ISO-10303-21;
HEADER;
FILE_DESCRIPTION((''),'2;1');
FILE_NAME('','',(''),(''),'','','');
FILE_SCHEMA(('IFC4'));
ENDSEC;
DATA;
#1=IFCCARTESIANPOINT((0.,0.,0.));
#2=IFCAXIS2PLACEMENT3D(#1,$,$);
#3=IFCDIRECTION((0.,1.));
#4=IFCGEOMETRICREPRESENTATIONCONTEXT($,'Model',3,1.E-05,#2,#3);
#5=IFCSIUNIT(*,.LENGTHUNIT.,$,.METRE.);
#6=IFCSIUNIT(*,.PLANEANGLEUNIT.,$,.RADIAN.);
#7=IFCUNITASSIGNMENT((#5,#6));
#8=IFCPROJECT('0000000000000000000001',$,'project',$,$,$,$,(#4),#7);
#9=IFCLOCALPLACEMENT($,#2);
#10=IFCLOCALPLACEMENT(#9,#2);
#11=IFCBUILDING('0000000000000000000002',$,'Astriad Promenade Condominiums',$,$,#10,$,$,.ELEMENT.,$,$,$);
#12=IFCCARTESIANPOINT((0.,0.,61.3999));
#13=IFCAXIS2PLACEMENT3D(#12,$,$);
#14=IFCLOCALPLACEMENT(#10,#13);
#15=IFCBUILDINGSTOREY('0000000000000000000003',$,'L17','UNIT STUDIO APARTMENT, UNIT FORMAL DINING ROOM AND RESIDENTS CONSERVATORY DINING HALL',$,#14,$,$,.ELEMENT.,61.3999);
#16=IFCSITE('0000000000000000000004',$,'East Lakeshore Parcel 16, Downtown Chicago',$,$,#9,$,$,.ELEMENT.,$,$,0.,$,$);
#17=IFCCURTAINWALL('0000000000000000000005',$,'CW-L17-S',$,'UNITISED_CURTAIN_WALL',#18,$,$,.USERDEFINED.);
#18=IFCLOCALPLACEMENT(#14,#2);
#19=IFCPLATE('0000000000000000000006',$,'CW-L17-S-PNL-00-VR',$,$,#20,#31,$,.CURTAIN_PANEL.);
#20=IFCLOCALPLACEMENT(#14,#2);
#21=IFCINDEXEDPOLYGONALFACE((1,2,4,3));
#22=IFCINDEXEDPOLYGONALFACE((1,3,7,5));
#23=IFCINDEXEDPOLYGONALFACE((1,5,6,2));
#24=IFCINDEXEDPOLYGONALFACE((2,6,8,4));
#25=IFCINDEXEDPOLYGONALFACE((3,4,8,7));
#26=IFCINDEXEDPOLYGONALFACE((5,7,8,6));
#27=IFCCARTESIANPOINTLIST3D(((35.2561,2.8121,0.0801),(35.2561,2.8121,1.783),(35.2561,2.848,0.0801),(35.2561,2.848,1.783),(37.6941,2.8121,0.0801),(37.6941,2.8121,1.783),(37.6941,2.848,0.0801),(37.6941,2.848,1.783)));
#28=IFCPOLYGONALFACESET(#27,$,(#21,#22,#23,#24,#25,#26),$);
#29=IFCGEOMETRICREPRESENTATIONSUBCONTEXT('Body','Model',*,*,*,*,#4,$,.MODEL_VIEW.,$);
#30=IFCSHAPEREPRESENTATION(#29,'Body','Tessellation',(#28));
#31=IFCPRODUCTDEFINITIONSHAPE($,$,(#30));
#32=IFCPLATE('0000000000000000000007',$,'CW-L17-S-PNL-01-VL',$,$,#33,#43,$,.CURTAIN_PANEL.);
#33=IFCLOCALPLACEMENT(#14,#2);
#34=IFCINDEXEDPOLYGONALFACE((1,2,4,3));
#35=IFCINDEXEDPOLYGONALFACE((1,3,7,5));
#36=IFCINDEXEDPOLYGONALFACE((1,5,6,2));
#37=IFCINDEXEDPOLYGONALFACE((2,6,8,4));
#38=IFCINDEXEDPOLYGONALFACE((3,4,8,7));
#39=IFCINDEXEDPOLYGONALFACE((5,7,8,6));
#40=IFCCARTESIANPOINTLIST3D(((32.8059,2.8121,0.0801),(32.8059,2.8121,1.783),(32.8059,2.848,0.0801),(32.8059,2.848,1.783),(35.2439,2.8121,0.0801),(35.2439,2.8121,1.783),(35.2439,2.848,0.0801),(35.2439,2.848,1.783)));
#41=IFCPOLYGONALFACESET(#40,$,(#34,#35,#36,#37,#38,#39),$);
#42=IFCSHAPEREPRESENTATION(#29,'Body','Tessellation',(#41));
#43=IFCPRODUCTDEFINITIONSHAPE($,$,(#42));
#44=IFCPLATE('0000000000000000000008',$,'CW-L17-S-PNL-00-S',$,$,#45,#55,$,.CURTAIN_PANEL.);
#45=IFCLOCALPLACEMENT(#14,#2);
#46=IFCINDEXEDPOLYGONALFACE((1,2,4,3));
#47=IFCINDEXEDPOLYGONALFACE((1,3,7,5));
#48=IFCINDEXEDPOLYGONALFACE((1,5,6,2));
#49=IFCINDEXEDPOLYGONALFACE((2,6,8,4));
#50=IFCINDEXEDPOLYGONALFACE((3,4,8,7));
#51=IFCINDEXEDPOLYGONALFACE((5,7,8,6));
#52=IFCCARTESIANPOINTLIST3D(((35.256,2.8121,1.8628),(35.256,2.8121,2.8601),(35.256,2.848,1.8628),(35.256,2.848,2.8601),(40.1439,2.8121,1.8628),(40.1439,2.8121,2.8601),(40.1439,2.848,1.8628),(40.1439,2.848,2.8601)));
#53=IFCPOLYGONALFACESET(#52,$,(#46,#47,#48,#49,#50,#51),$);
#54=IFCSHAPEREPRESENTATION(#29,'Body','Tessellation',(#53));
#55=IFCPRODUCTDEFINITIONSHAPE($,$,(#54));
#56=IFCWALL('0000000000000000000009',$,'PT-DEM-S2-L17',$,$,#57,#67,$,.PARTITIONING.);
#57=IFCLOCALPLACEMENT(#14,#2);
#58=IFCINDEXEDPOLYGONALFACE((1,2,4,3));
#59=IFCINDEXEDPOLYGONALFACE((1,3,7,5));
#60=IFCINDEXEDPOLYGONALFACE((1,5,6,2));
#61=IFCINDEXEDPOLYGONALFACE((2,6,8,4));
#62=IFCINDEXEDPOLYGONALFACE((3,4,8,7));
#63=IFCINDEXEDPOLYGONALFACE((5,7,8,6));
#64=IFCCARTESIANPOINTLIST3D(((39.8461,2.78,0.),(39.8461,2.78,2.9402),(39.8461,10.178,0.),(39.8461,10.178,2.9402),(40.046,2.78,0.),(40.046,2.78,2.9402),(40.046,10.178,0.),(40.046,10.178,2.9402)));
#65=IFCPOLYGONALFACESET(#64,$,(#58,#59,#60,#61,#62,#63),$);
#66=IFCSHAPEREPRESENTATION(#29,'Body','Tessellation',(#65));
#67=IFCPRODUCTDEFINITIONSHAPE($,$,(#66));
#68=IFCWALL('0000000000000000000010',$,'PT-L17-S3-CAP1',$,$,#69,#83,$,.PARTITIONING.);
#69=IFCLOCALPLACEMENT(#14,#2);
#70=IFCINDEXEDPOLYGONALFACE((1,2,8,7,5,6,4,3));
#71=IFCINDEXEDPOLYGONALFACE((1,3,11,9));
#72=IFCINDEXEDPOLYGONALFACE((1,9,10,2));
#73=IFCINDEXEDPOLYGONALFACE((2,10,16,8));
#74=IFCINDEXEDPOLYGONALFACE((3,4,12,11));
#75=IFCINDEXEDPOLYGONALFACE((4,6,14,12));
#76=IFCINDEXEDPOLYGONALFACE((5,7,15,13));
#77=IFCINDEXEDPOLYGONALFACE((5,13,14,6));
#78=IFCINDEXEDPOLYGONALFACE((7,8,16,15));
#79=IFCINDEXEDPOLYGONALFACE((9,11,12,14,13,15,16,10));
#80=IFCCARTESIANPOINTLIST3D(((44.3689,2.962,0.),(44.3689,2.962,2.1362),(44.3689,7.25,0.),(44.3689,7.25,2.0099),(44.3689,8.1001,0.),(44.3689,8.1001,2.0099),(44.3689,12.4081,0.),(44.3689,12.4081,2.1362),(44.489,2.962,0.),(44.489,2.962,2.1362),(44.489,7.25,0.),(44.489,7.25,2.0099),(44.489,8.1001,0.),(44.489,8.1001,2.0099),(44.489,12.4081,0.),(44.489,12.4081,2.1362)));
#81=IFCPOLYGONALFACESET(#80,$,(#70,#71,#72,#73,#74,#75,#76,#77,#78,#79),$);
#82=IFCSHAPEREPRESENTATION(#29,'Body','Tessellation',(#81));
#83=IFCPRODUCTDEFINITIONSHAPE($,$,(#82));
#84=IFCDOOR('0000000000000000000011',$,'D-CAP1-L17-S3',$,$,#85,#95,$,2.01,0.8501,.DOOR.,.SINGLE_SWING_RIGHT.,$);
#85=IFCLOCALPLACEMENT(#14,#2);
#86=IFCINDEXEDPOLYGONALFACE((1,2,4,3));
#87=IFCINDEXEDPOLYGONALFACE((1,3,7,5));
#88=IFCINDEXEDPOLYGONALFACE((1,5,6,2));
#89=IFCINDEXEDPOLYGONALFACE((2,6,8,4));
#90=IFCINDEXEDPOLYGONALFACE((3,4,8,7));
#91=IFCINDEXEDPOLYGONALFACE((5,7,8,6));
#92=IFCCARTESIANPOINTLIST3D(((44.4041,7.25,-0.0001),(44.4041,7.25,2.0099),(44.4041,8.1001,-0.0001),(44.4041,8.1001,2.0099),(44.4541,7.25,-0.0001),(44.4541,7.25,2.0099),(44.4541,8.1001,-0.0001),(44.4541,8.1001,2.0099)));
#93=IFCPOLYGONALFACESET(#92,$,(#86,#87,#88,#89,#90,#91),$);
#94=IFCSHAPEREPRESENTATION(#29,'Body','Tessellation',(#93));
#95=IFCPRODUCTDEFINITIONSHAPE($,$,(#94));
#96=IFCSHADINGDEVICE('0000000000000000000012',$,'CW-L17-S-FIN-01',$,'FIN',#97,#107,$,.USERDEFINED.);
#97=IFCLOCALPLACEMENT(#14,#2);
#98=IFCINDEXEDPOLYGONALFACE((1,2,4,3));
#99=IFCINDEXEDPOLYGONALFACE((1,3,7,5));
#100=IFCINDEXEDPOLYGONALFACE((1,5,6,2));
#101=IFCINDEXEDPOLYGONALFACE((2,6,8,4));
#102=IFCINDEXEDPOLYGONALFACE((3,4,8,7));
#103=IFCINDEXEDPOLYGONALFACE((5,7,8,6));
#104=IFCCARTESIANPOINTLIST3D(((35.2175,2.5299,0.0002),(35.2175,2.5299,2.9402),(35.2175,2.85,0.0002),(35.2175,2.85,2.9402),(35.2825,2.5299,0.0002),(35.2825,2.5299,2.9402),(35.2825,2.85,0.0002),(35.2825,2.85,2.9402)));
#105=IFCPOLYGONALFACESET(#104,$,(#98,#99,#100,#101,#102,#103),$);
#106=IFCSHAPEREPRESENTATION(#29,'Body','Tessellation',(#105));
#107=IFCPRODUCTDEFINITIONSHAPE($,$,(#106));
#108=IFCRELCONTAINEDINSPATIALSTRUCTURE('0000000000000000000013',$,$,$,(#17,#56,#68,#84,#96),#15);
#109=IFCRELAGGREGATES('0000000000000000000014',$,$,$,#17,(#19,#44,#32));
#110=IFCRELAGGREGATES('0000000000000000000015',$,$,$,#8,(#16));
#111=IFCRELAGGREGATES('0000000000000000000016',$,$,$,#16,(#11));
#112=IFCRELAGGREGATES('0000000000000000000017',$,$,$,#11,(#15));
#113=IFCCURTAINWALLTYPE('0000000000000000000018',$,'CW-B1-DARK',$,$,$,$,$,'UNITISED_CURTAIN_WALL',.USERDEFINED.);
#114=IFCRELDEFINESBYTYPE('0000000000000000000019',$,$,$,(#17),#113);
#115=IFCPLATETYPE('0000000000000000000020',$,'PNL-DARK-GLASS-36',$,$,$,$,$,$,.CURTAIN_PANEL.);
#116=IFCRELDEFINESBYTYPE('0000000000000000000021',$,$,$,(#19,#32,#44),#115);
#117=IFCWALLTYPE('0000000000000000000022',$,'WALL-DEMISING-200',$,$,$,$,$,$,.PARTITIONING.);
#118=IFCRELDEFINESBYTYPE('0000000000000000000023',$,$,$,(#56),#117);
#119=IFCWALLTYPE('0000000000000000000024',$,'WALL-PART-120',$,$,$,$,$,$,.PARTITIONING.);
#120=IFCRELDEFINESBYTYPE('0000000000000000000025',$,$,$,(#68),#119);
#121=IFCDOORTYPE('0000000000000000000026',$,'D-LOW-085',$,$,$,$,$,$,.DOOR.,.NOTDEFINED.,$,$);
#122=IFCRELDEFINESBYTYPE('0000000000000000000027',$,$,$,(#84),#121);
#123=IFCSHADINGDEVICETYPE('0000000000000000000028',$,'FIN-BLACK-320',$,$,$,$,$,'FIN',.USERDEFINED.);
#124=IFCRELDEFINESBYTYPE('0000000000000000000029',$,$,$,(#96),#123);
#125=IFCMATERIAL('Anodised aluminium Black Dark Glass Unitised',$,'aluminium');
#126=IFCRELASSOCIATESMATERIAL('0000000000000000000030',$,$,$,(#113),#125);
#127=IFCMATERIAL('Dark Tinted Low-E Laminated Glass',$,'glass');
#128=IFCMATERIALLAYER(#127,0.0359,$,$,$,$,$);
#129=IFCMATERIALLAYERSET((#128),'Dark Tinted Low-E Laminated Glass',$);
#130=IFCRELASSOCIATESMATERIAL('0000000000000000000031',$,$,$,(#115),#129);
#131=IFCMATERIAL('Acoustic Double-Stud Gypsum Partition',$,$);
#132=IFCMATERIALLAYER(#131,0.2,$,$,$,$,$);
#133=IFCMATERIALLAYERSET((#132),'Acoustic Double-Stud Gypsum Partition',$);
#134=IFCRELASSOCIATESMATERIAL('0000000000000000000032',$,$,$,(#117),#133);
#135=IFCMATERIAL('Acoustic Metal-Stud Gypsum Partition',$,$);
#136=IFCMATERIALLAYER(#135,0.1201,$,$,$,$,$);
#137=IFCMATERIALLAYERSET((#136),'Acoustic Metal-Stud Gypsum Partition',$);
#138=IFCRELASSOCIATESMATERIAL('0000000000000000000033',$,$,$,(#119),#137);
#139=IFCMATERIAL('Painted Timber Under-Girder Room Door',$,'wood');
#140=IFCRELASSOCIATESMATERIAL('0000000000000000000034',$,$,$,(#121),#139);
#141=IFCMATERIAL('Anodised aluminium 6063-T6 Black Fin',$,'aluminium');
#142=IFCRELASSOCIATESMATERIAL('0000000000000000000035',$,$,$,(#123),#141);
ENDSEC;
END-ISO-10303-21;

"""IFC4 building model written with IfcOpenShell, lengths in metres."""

from ifc_helpers import new_model, si_unit, direction, frame, frame_2d, origin, origin_2d, place, context, subcontext, project, spatial, rectangle, extrude, source, transform, mapped, material, layer, layer_set, type_object, type_shapes, element, fill, aggregate, save


model = new_model("IFC4")

# Units and contexts
model_context = context("Model", 3, precision=1e-05, world=origin(), true_north=direction((0.0, 1.0)))
body_context = subcontext(model_context, "Body", "Model", "MODEL_VIEW")
ifc_project = project(units=[si_unit("LENGTHUNIT", "METRE"), si_unit("PLANEANGLEUNIT", "RADIAN")], contexts=[model_context])

# Site, building, storey
site_placement = place(None, origin())
site = spatial("IfcSite", under=ifc_project, at=site_placement, Name="East Lakeshore Parcel 16, Downtown Chicago", CompositionType="ELEMENT", RefElevation=0.0)
building_placement = place(site_placement, origin())
building = spatial("IfcBuilding", under=site, at=building_placement, Name="Astriad Promenade Condominiums", CompositionType="ELEMENT")
storey_placement = place(building_placement, frame((0.0, 0.0, 61.3999)))
storey = spatial("IfcBuildingStorey", under=building, at=storey_placement, Name="L17", Description="UNIT STUDIO APARTMENT, UNIT FORMAL DINING ROOM AND RESIDENTS CONSERVATORY DINING HALL", CompositionType="ELEMENT", Elevation=61.3999)

# Curtain wall, plates
ifc_material_1 = material(Name="Anodised aluminium Black Dark Glass Unitised", Category="aluminium")
curtain_wall_type = type_object("IfcCurtainWallType", Name="CW-B1-DARK", ElementType="UNITISED_CURTAIN_WALL", PredefinedType="USERDEFINED", material=ifc_material_1)
curtain_wall_placement = place(storey_placement, origin())
curtain_wall = element("IfcCurtainWall", 1, at=curtain_wall_placement, inside=storey, type_object=curtain_wall_type, Name="CW-L17-S", ObjectType="UNITISED_CURTAIN_WALL", PredefinedType="USERDEFINED")
ifc_material_2 = material(Name="Dark Tinted Low-E Laminated Glass", Category="glass")
ifc_layer_1 = layer(ifc_material_2, 0.0359)
ifc_layer_set_1 = layer_set([ifc_layer_1], Name="Dark Tinted Low-E Laminated Glass")
plate_type = type_object("IfcPlateType", Name="PNL-DARK-GLASS-36", PredefinedType="CURTAIN_PANEL", material=ifc_layer_set_1)
shared_shape_1 = source(origin(), body_context, "Body", "SweptSolid", [
    extrude(rectangle(XDim=2.438, YDim=0.0359, at=origin_2d()), origin(), (0.0, 0.0, 1.0), 1.7029),
])
plate_1_placement = place(storey_placement, frame((36.4751, 2.8301, 0.0801), z_axis=(0.0, 0.0, 1.0), x_axis=(-1.0, 0.0, 0.0)))
plate_1 = element("IfcPlate", 2, at=plate_1_placement, type_object=plate_type, Name="CW-L17-S-PNL-00-VR", PredefinedType="CURTAIN_PANEL", context=body_context, shape_type="MappedRepresentation", body=[
    mapped(shared_shape_1, transform((0.0, 0.0, 0.0), scale=1.0)),
])
plate_2_placement = place(storey_placement, frame((34.0249, 2.8301, 0.0801), z_axis=(0.0, 0.0, 1.0), x_axis=(-1.0, 0.0, 0.0)))
plate_2 = element("IfcPlate", 3, at=plate_2_placement, type_object=plate_type, Name="CW-L17-S-PNL-01-VL", PredefinedType="CURTAIN_PANEL", context=body_context, shape_type="MappedRepresentation", body=[
    mapped(shared_shape_1, transform((0.0, 0.0, 0.0), scale=1.0)),
])
shared_shape_2 = source(origin(), body_context, "Body", "SweptSolid", [
    extrude(rectangle(XDim=4.8879, YDim=0.0359, at=origin_2d()), origin(), (0.0, 0.0, 1.0), 0.9973),
])
type_shapes(plate_type, [shared_shape_1, shared_shape_2])
plate_3_placement = place(storey_placement, frame((37.7, 2.8301, 1.8628), z_axis=(0.0, 0.0, 1.0), x_axis=(-1.0, 0.0, 0.0)))
plate_3 = element("IfcPlate", 4, at=plate_3_placement, type_object=plate_type, Name="CW-L17-S-PNL-00-S", PredefinedType="CURTAIN_PANEL", context=body_context, shape_type="MappedRepresentation", body=[
    mapped(shared_shape_2, transform((0.0, 0.0, 0.0), scale=1.0)),
])
aggregate(curtain_wall, [plate_1, plate_3, plate_2])

# Wall
ifc_material_3 = material(Name="Acoustic Double-Stud Gypsum Partition")
ifc_layer_2 = layer(ifc_material_3, 0.2)
ifc_layer_set_2 = layer_set([ifc_layer_2], Name="Acoustic Double-Stud Gypsum Partition")
wall_type_1 = type_object("IfcWallType", Name="WALL-DEMISING-200", PredefinedType="PARTITIONING", material=ifc_layer_set_2)
wall_1_placement = place(storey_placement, frame((39.946, 2.78, 0.0), z_axis=(0.0, 0.0, 1.0), x_axis=(0.0, 1.0, 0.0)))
element("IfcWall", 5, at=wall_1_placement, inside=storey, type_object=wall_type_1, Name="PT-DEM-S2-L17", PredefinedType="PARTITIONING", context=body_context, shape_type="SweptSolid", body=[
    extrude(rectangle(XDim=7.3979, YDim=0.2, at=frame_2d((3.699, 0.0))), origin(), (0.0, 0.0, 1.0), 2.9402),
])

# Wall, opening, door
ifc_material_4 = material(Name="Acoustic Metal-Stud Gypsum Partition")
ifc_layer_3 = layer(ifc_material_4, 0.1201)
ifc_layer_set_3 = layer_set([ifc_layer_3], Name="Acoustic Metal-Stud Gypsum Partition")
wall_type_2 = type_object("IfcWallType", Name="WALL-PART-120", PredefinedType="PARTITIONING", material=ifc_layer_set_3)
wall_2_placement = place(storey_placement, frame((44.429, 2.9619, 0.0), z_axis=(0.0, 0.0, 1.0), x_axis=(0.0, 1.0, 0.0)))
wall_2 = element("IfcWall", 6, at=wall_2_placement, inside=storey, type_object=wall_type_2, Name="PT-L17-S3-CAP1", PredefinedType="PARTITIONING", context=body_context, shape_type="SweptSolid", body=[
    extrude(rectangle(XDim=9.446, YDim=0.1201, at=frame_2d((4.7231, 0.0))), origin(), (0.0, 0.0, 1.0), 2.1362),
])
opening_placement = place(wall_2_placement, frame((4.2881, 0.0, 0.0)))
opening = element("IfcOpeningElement", 7, at=opening_placement, cuts=wall_2, PredefinedType="OPENING", context=body_context, shape_type="SweptSolid", body=[
    extrude(rectangle(XDim=0.8501, YDim=2.01, at=frame_2d((0.425, 1.0049))), frame((0.0, 0.0701, 0.0), z_axis=(0.0, -1.0, 0.0), x_axis=(1.0, 0.0, 0.0)), (0.0, 0.0, 1.0), 0.1401),
])
ifc_material_5 = material(Name="Painted Timber Under-Girder Room Door", Category="wood")
door_type = type_object("IfcDoorType", Name="D-LOW-085", OperationType="NOTDEFINED", PredefinedType="DOOR", material=ifc_material_5)
shared_shape_3 = source(origin(), body_context, "Body", "SweptSolid", [
    extrude(rectangle(XDim=0.8501, YDim=2.01, at=frame_2d((0.425, 1.0049))), frame((0.0, 0.0249, 0.0), z_axis=(0.0, -1.0, 0.0), x_axis=(1.0, 0.0, 0.0)), (0.0, 0.0, 1.0), 0.05),
])
type_shapes(door_type, [shared_shape_3])
door_placement = place(opening_placement, origin())
door = element("IfcDoor", 8, at=door_placement, inside=storey, type_object=door_type, Name="D-CAP1-L17-S3", OperationType="SINGLE_SWING_RIGHT", OverallHeight=2.01, OverallWidth=0.8501, PredefinedType="DOOR", context=body_context, shape_type="MappedRepresentation", body=[
    mapped(shared_shape_3, transform((0.0, 0.0, 0.0), scale=1.0)),
])
fill(opening, door)

# Shading device
ifc_material_6 = material(Name="Anodised aluminium 6063-T6 Black Fin", Category="aluminium")
shading_device_type = type_object("IfcShadingDeviceType", Name="FIN-BLACK-320", ElementType="FIN", PredefinedType="USERDEFINED", material=ifc_material_6)
shared_shape_4 = source(origin(), body_context, "Body", "SweptSolid", [
    extrude(rectangle(XDim=0.0649, YDim=0.3201, at=origin_2d()), origin(), (0.0, 0.0, 1.0), 2.9399),
])
type_shapes(shading_device_type, [shared_shape_4])
shading_device_placement = place(storey_placement, frame((35.25, 2.6899, 0.0002), z_axis=(0.0, 0.0, 1.0), x_axis=(-1.0, 0.0, 0.0)))
element("IfcShadingDevice", 9, at=shading_device_placement, inside=storey, type_object=shading_device_type, Name="CW-L17-S-FIN-01", ObjectType="FIN", PredefinedType="USERDEFINED", context=body_context, shape_type="MappedRepresentation", body=[
    mapped(shared_shape_4, transform((0.0, 0.0, 0.0), scale=1.0)),
])

save(model, "model.ifc")
